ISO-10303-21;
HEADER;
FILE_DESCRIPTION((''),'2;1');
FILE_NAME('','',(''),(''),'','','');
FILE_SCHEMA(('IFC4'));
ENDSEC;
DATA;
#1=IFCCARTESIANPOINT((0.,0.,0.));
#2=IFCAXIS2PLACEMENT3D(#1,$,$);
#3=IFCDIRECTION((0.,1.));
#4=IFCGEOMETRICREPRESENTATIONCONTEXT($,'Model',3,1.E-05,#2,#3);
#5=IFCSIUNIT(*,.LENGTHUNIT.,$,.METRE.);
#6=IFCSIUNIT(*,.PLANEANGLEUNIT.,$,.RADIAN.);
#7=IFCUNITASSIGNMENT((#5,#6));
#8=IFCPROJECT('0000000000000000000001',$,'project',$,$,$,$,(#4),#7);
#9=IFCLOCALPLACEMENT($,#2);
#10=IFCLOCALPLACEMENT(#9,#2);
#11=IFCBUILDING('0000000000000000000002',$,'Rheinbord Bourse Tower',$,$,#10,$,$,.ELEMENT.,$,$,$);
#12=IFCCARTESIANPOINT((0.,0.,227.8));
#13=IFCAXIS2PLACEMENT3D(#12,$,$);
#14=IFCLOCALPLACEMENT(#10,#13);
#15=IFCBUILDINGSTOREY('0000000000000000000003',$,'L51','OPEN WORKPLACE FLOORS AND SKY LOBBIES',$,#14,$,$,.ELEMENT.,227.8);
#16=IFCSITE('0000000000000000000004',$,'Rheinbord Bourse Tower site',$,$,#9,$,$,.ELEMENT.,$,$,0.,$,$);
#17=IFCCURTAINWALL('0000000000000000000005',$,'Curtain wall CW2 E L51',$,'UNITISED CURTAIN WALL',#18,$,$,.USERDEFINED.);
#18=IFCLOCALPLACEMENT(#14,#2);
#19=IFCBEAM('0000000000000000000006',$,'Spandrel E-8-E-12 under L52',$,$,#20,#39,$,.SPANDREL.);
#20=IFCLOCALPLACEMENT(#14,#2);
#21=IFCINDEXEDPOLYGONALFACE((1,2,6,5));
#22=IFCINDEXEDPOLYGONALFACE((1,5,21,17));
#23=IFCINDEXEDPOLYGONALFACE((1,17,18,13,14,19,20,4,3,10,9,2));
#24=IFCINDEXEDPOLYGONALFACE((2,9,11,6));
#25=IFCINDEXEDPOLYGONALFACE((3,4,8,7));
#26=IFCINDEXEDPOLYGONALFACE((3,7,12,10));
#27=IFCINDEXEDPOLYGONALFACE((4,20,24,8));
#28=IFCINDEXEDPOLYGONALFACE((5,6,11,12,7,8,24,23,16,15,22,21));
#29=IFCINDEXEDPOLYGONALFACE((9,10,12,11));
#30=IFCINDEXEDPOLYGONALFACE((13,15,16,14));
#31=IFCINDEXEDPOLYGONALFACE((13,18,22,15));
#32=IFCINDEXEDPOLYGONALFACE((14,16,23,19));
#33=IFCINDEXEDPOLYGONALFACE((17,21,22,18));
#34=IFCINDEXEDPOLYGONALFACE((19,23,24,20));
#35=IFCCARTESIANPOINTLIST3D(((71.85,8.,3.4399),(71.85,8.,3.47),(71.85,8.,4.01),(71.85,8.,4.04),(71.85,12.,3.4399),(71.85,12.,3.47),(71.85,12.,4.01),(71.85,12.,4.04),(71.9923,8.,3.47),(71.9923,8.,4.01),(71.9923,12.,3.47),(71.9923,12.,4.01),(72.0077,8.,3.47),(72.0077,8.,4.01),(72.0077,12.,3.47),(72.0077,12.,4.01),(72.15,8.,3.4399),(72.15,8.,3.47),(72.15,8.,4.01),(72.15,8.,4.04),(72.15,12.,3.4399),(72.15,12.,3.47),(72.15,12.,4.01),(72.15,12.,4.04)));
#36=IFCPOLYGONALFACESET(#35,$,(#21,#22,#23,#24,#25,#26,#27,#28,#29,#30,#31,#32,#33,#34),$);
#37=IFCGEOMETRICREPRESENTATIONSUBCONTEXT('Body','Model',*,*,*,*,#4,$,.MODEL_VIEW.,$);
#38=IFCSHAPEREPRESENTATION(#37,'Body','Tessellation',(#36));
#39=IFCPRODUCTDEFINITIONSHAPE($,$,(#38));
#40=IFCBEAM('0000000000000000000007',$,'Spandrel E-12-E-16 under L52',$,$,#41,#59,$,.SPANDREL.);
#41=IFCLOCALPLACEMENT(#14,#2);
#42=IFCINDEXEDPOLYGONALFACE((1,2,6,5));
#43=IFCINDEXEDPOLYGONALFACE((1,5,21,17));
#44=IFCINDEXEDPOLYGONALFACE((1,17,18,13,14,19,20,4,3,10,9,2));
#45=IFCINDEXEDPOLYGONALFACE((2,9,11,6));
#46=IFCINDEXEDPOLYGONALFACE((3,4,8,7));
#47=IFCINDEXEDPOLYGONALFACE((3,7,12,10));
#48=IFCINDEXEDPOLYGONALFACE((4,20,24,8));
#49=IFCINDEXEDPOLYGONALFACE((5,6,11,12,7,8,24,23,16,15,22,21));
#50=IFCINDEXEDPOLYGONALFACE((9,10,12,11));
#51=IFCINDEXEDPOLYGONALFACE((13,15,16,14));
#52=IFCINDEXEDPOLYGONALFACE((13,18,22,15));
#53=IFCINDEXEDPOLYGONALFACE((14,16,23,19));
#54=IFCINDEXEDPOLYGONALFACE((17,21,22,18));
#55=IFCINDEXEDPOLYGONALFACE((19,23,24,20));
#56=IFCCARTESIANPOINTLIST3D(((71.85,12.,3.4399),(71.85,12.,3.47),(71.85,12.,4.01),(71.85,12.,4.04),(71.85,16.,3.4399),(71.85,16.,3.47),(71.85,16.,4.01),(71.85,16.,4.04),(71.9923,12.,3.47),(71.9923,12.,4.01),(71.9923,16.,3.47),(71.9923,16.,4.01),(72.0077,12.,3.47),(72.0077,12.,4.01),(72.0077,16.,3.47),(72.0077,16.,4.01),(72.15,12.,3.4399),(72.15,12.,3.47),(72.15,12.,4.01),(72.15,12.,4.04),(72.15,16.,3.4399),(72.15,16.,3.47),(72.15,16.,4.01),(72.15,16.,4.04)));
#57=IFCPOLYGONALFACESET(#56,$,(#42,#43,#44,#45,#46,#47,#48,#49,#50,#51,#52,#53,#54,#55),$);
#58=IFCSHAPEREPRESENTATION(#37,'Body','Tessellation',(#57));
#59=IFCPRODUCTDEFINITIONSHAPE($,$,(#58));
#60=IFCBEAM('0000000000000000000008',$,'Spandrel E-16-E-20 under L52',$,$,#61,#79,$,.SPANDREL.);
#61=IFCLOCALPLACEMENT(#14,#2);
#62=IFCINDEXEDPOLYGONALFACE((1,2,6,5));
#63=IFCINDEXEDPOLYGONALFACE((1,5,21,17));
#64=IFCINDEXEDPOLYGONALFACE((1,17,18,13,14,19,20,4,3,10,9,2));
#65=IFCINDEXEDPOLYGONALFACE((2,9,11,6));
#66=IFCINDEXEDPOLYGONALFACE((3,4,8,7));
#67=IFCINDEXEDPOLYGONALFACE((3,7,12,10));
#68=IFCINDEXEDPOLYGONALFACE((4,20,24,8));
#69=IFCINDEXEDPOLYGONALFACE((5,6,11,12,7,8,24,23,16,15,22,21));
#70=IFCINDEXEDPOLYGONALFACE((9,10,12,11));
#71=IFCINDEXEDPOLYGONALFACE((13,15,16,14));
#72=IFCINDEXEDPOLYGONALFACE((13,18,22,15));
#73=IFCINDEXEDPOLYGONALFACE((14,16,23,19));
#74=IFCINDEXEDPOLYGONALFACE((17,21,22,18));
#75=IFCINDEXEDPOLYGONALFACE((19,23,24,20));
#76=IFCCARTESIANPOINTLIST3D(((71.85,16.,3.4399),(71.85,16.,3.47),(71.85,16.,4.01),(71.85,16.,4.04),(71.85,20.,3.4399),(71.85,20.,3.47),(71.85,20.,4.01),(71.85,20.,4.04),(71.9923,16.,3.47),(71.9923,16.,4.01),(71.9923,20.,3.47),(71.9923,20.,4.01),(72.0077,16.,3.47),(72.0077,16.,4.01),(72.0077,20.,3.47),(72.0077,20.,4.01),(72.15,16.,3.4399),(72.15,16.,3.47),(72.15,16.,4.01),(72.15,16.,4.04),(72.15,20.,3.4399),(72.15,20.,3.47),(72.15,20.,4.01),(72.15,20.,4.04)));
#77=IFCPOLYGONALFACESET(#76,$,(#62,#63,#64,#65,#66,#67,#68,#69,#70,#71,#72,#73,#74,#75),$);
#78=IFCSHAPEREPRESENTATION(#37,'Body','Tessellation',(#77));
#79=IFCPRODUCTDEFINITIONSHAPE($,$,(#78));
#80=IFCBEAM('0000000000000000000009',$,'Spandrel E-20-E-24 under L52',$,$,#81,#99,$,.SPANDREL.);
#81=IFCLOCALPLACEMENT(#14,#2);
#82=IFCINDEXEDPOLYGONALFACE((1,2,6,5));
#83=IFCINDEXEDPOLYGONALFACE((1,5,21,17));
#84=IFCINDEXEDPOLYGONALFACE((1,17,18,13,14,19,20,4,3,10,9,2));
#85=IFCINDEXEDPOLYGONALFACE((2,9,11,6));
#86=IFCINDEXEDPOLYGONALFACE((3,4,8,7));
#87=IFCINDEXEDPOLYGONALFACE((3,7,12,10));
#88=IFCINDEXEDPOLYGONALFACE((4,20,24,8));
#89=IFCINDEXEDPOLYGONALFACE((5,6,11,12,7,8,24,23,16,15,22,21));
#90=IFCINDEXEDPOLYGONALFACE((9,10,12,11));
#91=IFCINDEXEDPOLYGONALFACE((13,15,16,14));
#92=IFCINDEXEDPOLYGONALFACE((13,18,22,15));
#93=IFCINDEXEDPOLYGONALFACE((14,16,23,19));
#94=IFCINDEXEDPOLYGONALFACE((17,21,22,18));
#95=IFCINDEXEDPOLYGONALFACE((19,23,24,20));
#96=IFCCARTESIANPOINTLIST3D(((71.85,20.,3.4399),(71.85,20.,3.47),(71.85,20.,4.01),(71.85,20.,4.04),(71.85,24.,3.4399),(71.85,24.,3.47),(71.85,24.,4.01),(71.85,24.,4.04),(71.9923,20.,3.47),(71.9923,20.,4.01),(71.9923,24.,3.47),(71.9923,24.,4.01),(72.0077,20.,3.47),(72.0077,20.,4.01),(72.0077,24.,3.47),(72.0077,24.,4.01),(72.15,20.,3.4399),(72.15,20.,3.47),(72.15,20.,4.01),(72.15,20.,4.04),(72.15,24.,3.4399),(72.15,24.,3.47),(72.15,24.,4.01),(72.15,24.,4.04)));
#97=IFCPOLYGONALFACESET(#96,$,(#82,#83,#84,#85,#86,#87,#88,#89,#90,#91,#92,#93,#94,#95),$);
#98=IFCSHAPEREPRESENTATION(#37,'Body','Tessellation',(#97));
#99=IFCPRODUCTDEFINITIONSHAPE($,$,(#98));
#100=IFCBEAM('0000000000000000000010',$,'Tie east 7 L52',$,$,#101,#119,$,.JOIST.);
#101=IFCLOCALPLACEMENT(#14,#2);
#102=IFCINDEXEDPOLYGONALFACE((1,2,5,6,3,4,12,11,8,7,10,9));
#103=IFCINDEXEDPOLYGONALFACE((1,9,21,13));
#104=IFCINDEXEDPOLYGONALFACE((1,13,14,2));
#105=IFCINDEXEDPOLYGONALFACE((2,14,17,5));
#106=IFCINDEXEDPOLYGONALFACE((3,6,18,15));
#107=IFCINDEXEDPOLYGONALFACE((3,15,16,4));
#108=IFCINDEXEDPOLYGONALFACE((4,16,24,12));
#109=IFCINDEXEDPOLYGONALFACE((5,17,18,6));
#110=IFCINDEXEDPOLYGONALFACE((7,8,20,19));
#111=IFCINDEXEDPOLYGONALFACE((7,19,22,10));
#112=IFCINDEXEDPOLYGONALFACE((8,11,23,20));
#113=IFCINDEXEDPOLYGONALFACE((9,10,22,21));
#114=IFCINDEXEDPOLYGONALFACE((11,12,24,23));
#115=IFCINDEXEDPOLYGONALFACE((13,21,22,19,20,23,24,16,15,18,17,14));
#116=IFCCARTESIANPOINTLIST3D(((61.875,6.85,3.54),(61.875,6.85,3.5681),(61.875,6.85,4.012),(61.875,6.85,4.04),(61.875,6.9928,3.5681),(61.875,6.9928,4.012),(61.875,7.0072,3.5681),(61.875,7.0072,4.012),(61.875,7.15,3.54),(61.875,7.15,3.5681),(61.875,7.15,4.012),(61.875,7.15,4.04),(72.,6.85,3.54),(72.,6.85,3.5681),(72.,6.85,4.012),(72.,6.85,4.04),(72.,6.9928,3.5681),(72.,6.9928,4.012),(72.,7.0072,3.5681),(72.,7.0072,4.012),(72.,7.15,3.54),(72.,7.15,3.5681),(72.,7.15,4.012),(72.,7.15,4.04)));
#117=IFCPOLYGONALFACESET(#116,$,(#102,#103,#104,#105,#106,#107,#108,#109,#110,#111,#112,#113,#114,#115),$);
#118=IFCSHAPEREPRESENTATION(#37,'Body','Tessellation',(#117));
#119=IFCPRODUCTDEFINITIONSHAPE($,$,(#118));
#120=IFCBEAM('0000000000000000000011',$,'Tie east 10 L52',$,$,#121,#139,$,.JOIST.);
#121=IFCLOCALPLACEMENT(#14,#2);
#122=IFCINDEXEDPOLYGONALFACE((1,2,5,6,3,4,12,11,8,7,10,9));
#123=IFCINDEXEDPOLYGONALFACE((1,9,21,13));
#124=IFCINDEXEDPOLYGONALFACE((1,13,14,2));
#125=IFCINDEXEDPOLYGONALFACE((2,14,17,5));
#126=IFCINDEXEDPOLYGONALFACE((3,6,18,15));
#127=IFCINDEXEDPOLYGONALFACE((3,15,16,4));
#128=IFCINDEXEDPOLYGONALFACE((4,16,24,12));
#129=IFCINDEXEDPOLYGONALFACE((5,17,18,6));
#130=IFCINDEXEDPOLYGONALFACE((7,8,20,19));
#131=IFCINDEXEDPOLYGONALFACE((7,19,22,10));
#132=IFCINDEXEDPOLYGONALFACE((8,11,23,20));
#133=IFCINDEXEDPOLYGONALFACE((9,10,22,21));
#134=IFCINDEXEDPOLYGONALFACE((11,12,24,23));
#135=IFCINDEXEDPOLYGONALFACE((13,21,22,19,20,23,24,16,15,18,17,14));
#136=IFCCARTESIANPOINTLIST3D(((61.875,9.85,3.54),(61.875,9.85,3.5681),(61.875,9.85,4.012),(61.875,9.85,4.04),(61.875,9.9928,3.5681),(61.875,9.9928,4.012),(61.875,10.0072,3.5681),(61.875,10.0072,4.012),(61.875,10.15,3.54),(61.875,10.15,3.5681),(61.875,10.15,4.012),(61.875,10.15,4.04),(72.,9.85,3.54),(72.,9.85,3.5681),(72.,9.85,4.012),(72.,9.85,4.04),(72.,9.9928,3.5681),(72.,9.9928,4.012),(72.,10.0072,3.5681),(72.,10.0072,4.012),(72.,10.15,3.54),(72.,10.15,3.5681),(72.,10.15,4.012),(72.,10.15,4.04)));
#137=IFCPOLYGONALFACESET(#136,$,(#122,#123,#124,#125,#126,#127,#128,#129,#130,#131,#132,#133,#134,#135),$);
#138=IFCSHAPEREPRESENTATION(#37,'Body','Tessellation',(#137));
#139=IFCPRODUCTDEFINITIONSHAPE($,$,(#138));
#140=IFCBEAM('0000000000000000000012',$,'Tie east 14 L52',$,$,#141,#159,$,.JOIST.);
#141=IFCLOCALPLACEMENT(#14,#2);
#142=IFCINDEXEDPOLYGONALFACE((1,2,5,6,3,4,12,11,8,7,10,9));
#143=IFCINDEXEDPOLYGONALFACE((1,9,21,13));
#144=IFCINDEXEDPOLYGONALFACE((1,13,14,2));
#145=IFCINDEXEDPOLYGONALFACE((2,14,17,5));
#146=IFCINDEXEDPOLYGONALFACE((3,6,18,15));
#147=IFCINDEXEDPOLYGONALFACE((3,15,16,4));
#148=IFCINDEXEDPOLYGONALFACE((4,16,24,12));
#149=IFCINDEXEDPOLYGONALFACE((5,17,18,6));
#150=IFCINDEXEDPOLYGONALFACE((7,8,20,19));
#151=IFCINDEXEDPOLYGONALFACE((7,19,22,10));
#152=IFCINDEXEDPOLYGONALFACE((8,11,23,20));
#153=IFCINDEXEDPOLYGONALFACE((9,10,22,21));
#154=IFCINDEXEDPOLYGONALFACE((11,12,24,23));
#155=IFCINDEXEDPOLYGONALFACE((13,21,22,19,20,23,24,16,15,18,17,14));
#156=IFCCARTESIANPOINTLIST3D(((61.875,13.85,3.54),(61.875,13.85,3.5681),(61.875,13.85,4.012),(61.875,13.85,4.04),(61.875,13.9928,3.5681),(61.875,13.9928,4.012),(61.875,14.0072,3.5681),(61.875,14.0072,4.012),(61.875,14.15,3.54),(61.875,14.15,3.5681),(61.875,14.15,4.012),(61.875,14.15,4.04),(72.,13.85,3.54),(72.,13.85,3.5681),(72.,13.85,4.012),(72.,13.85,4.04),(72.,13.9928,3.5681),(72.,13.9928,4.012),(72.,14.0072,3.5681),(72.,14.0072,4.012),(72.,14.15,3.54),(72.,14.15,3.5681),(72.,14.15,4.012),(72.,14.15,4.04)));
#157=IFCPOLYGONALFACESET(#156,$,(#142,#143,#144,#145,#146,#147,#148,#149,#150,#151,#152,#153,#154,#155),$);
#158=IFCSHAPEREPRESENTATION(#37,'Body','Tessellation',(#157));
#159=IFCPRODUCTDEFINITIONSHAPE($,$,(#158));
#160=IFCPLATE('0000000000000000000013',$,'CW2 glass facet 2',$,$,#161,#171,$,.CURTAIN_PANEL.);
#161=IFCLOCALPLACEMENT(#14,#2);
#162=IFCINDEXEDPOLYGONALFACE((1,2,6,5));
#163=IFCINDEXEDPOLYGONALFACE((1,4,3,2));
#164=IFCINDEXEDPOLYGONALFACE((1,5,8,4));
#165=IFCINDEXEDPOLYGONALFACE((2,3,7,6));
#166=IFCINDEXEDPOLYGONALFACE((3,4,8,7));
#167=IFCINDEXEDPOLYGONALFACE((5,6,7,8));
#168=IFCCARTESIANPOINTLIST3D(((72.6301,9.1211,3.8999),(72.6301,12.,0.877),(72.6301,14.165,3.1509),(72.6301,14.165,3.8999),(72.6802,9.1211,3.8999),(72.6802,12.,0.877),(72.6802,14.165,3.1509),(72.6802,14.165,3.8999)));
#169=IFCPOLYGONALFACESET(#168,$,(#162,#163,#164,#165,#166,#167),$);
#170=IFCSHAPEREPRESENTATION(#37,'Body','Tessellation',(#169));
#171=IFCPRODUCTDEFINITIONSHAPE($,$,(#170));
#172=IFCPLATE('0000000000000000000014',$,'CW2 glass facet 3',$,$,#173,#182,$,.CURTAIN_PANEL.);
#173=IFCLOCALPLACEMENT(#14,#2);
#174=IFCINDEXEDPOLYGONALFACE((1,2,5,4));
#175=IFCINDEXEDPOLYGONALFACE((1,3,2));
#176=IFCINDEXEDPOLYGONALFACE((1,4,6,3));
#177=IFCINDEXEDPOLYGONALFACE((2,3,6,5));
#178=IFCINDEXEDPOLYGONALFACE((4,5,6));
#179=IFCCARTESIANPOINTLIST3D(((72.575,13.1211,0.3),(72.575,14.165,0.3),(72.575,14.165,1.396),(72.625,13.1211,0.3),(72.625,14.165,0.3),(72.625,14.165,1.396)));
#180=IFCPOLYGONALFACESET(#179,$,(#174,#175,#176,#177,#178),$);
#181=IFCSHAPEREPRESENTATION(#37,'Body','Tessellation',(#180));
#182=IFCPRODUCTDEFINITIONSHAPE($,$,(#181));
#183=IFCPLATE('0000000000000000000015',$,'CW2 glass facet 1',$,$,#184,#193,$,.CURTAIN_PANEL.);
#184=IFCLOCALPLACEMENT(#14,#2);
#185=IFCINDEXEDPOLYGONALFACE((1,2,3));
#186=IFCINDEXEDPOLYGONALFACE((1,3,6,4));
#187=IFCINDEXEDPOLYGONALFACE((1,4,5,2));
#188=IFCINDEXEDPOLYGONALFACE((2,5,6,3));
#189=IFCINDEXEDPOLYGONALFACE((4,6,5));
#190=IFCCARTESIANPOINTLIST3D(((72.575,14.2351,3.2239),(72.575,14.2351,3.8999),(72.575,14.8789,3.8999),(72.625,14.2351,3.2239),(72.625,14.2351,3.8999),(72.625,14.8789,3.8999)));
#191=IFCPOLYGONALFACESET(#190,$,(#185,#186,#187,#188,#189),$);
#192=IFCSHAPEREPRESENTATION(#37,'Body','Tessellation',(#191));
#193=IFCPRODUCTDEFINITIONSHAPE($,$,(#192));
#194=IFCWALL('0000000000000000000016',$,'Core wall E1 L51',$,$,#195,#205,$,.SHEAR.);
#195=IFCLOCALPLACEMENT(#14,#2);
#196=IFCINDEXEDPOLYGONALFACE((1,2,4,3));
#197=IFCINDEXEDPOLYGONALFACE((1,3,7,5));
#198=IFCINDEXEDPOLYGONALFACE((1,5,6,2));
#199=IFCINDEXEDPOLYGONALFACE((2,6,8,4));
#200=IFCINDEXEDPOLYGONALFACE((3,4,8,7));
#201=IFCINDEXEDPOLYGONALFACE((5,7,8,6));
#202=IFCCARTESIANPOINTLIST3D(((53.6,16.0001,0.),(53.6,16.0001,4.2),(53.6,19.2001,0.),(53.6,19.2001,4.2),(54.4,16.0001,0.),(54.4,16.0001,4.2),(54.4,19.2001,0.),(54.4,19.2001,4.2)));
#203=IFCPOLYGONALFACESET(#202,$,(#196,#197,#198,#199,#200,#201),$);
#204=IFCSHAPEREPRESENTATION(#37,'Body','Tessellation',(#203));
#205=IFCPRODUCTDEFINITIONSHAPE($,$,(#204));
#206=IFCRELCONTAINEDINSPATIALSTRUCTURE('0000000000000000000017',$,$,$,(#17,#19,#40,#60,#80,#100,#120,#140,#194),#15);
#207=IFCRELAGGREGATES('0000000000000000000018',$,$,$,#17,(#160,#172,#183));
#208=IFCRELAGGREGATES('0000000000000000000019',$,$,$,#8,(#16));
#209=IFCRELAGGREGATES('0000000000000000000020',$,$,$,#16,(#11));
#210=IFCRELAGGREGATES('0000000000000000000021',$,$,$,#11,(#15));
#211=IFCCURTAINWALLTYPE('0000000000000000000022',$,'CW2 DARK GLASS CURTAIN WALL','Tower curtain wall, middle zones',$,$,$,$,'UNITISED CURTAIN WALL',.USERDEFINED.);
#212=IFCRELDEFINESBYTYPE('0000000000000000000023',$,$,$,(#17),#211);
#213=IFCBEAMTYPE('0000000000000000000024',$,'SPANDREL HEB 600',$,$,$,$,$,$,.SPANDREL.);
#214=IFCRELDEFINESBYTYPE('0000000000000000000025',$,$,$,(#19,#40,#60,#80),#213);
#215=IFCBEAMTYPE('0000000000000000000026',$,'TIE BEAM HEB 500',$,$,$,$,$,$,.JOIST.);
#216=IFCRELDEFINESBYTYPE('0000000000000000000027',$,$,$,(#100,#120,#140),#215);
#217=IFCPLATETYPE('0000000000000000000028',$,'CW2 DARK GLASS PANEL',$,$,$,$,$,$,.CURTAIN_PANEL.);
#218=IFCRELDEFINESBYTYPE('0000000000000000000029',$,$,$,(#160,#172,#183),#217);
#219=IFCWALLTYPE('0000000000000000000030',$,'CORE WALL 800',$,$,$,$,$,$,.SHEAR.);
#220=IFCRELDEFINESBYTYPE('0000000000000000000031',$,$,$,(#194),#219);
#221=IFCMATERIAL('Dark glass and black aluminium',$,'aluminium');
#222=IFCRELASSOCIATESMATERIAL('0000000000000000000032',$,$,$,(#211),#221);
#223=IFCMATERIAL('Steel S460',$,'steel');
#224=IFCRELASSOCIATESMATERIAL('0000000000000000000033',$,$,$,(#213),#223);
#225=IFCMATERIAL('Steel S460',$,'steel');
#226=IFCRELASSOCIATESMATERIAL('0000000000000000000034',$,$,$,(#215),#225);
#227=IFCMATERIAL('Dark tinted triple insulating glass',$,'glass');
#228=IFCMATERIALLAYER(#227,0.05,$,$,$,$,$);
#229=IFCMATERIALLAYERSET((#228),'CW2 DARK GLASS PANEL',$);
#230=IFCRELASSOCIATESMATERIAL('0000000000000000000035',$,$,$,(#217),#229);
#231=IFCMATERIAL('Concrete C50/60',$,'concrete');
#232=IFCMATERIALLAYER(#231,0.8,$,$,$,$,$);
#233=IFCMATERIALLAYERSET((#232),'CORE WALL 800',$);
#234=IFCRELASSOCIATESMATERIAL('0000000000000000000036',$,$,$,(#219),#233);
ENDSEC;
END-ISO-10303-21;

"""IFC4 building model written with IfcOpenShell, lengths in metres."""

from ifc_helpers import new_model, si_unit, direction, frame, frame_2d, origin, origin_2d, place, context, subcontext, project, spatial, polyline, rectangle, i_section, outline, extrude, material, layer, layer_set, material_profile, profile_set, type_object, element, aggregate, save


model = new_model("IFC4")

# Units and contexts
model_context = context("Model", 3, precision=1e-05, world=origin(), true_north=direction((0.0, 1.0)))
body_context = subcontext(model_context, "Body", "Model", "MODEL_VIEW")
ifc_project = project(units=[si_unit("LENGTHUNIT", "METRE"), si_unit("PLANEANGLEUNIT", "RADIAN")], contexts=[model_context])

# Site, building, storey
site_placement = place(None, origin())
site = spatial("IfcSite", under=ifc_project, at=site_placement, Name="Rheinbord Bourse Tower site", CompositionType="ELEMENT", RefElevation=0.0)
building_placement = place(site_placement, origin())
building = spatial("IfcBuilding", under=site, at=building_placement, Name="Rheinbord Bourse Tower", CompositionType="ELEMENT")
storey_placement = place(building_placement, frame((0.0, 0.0, 227.8)))
storey = spatial("IfcBuildingStorey", under=building, at=storey_placement, Name="L51", Description="OPEN WORKPLACE FLOORS AND SKY LOBBIES", CompositionType="ELEMENT", Elevation=227.8)

# Curtain wall
ifc_material_1 = material(Name="Dark glass and black aluminium", Category="aluminium")
curtain_wall_type = type_object("IfcCurtainWallType", Name="CW2 DARK GLASS CURTAIN WALL", Description="Tower curtain wall, middle zones", ElementType="UNITISED CURTAIN WALL", PredefinedType="USERDEFINED", material=ifc_material_1)
curtain_wall_placement = place(storey_placement, origin())
curtain_wall = element("IfcCurtainWall", 1, at=curtain_wall_placement, inside=storey, type_object=curtain_wall_type, Name="Curtain wall CW2 E L51", ObjectType="UNITISED CURTAIN WALL", PredefinedType="USERDEFINED")

# Beams
ifc_material_2 = material(Name="Steel S460", Category="steel")
ifc_material_profile_1 = material_profile(ifc_material_2, i_section(OverallWidth=0.3, OverallDepth=0.6001, WebThickness=0.0154, FlangeThickness=0.03, at=origin_2d()), Name="HEB 600")
ifc_profile_set_1 = profile_set([ifc_material_profile_1], Name="Steel S460")
beam_type_1 = type_object("IfcBeamType", Name="SPANDREL HEB 600", PredefinedType="SPANDREL", material=ifc_profile_set_1)
for number, where, z_axis, x_axis, name in (
    (2, (72.0, 8.0, 3.74), (0.0, 1.0, 0.0), (-1.0, 0.0, 0.0), "Spandrel E-8-E-12 under L52"),
    (3, (72.0, 12.0, 3.74), (0.0, 1.0, 0.0), (-1.0, 0.0, 0.0), "Spandrel E-12-E-16 under L52"),
    (4, (72.0, 16.0, 3.74), (0.0, 1.0, 0.0), (-1.0, 0.0, 0.0), "Spandrel E-16-E-20 under L52"),
    (5, (72.0, 20.0, 3.74), (0.0, 1.0, 0.0), (-1.0, 0.0, 0.0), "Spandrel E-20-E-24 under L52"),
):
    element("IfcBeam", number, at=place(storey_placement, frame(where, z_axis=z_axis, x_axis=x_axis)), inside=storey, type_object=beam_type_1, Name=name, PredefinedType="SPANDREL", context=body_context, shape_type="SweptSolid", body=[
        extrude(i_section(OverallWidth=0.3, OverallDepth=0.6001, WebThickness=0.0154, FlangeThickness=0.03, at=origin_2d()), origin(), (0.0, 0.0, 1.0), 4.0),
    ])
ifc_material_3 = material(Name="Steel S460", Category="steel")
ifc_material_profile_2 = material_profile(ifc_material_3, i_section(OverallWidth=0.3, OverallDepth=0.5, WebThickness=0.0144, FlangeThickness=0.0281, at=origin_2d()), Name="HEB 500")
ifc_profile_set_2 = profile_set([ifc_material_profile_2], Name="Steel S460")
beam_type_2 = type_object("IfcBeamType", Name="TIE BEAM HEB 500", PredefinedType="JOIST", material=ifc_profile_set_2)
for number, where, z_axis, x_axis, name in (
    (6, (61.875, 7.0, 3.79), (1.0, 0.0, 0.0), (0.0, 1.0, 0.0), "Tie east 7 L52"),
    (7, (61.875, 10.0, 3.79), (1.0, 0.0, 0.0), (0.0, 1.0, 0.0), "Tie east 10 L52"),
    (8, (61.875, 14.0, 3.79), (1.0, 0.0, 0.0), (0.0, 1.0, 0.0), "Tie east 14 L52"),
):
    element("IfcBeam", number, at=place(storey_placement, frame(where, z_axis=z_axis, x_axis=x_axis)), inside=storey, type_object=beam_type_2, Name=name, PredefinedType="JOIST", context=body_context, shape_type="SweptSolid", body=[
        extrude(i_section(OverallWidth=0.3, OverallDepth=0.5, WebThickness=0.0144, FlangeThickness=0.0281, at=origin_2d()), origin(), (0.0, 0.0, 1.0), 10.125),
    ])

# Plates
ifc_material_4 = material(Name="Dark tinted triple insulating glass", Category="glass")
ifc_layer_1 = layer(ifc_material_4, 0.05)
ifc_layer_set_1 = layer_set([ifc_layer_1], Name="CW2 DARK GLASS PANEL")
plate_type = type_object("IfcPlateType", Name="CW2 DARK GLASS PANEL", PredefinedType="CURTAIN_PANEL", material=ifc_layer_set_1)
plate_1_placement = place(storey_placement, frame((72.6802, 14.165, 3.8999), z_axis=(-1.0, 0.0, 0.0), x_axis=(0.0, 0.0, -1.0)))
plate_1 = element("IfcPlate", 9, at=plate_1_placement, type_object=plate_type, Name="CW2 glass facet 2", PredefinedType="CURTAIN_PANEL", context=body_context, shape_type="SweptSolid", body=[
    extrude(outline(polyline([(0.0, 0.0), (0.749, 0.0), (3.0229, 2.165), (0.0, 5.0439), (0.0, 0.0)])), origin(), (0.0, 0.0, 1.0), 0.05),
])
plate_2_placement = place(storey_placement, frame((72.625, 14.165, 0.3), z_axis=(-1.0, 0.0, 0.0), x_axis=(0.0, -1.0, 0.0)))
plate_2 = element("IfcPlate", 10, at=plate_2_placement, type_object=plate_type, Name="CW2 glass facet 3", PredefinedType="CURTAIN_PANEL", context=body_context, shape_type="SweptSolid", body=[
    extrude(outline(polyline([(0.0, 0.0), (1.0439, 0.0), (0.0, 1.0959), (0.0, 0.0)])), origin(), (0.0, 0.0, 1.0), 0.05),
])
plate_3_placement = place(storey_placement, frame((72.625, 14.2351, 3.8999), z_axis=(-1.0, 0.0, 0.0), x_axis=(0.0, 1.0, 0.0)))
plate_3 = element("IfcPlate", 11, at=plate_3_placement, type_object=plate_type, Name="CW2 glass facet 1", PredefinedType="CURTAIN_PANEL", context=body_context, shape_type="SweptSolid", body=[
    extrude(outline(polyline([(0.0, 0.0), (0.6438, 0.0), (0.0, 0.676), (0.0, 0.0)])), origin(), (0.0, 0.0, 1.0), 0.05),
])
aggregate(curtain_wall, [plate_1, plate_2, plate_3])

# Wall
ifc_material_5 = material(Name="Concrete C50/60", Category="concrete")
ifc_layer_2 = layer(ifc_material_5, 0.8)
ifc_layer_set_2 = layer_set([ifc_layer_2], Name="CORE WALL 800")
wall_type_1 = type_object("IfcWallType", Name="CORE WALL 800", PredefinedType="SHEAR", material=ifc_layer_set_2)
wall_1_placement = place(storey_placement, frame((54.0, 16.0, 0.0), z_axis=(0.0, 0.0, 1.0), x_axis=(0.0, 1.0, 0.0)))
element("IfcWall", 12, at=wall_1_placement, inside=storey, type_object=wall_type_1, Name="Core wall E1 L51", PredefinedType="SHEAR", context=body_context, shape_type="SweptSolid", body=[
    extrude(rectangle(XDim=3.2, YDim=0.8, at=frame_2d((1.6001, 0.0))), origin(), (0.0, 0.0, 1.0), 4.2),
])

save(model, "model.ifc")
